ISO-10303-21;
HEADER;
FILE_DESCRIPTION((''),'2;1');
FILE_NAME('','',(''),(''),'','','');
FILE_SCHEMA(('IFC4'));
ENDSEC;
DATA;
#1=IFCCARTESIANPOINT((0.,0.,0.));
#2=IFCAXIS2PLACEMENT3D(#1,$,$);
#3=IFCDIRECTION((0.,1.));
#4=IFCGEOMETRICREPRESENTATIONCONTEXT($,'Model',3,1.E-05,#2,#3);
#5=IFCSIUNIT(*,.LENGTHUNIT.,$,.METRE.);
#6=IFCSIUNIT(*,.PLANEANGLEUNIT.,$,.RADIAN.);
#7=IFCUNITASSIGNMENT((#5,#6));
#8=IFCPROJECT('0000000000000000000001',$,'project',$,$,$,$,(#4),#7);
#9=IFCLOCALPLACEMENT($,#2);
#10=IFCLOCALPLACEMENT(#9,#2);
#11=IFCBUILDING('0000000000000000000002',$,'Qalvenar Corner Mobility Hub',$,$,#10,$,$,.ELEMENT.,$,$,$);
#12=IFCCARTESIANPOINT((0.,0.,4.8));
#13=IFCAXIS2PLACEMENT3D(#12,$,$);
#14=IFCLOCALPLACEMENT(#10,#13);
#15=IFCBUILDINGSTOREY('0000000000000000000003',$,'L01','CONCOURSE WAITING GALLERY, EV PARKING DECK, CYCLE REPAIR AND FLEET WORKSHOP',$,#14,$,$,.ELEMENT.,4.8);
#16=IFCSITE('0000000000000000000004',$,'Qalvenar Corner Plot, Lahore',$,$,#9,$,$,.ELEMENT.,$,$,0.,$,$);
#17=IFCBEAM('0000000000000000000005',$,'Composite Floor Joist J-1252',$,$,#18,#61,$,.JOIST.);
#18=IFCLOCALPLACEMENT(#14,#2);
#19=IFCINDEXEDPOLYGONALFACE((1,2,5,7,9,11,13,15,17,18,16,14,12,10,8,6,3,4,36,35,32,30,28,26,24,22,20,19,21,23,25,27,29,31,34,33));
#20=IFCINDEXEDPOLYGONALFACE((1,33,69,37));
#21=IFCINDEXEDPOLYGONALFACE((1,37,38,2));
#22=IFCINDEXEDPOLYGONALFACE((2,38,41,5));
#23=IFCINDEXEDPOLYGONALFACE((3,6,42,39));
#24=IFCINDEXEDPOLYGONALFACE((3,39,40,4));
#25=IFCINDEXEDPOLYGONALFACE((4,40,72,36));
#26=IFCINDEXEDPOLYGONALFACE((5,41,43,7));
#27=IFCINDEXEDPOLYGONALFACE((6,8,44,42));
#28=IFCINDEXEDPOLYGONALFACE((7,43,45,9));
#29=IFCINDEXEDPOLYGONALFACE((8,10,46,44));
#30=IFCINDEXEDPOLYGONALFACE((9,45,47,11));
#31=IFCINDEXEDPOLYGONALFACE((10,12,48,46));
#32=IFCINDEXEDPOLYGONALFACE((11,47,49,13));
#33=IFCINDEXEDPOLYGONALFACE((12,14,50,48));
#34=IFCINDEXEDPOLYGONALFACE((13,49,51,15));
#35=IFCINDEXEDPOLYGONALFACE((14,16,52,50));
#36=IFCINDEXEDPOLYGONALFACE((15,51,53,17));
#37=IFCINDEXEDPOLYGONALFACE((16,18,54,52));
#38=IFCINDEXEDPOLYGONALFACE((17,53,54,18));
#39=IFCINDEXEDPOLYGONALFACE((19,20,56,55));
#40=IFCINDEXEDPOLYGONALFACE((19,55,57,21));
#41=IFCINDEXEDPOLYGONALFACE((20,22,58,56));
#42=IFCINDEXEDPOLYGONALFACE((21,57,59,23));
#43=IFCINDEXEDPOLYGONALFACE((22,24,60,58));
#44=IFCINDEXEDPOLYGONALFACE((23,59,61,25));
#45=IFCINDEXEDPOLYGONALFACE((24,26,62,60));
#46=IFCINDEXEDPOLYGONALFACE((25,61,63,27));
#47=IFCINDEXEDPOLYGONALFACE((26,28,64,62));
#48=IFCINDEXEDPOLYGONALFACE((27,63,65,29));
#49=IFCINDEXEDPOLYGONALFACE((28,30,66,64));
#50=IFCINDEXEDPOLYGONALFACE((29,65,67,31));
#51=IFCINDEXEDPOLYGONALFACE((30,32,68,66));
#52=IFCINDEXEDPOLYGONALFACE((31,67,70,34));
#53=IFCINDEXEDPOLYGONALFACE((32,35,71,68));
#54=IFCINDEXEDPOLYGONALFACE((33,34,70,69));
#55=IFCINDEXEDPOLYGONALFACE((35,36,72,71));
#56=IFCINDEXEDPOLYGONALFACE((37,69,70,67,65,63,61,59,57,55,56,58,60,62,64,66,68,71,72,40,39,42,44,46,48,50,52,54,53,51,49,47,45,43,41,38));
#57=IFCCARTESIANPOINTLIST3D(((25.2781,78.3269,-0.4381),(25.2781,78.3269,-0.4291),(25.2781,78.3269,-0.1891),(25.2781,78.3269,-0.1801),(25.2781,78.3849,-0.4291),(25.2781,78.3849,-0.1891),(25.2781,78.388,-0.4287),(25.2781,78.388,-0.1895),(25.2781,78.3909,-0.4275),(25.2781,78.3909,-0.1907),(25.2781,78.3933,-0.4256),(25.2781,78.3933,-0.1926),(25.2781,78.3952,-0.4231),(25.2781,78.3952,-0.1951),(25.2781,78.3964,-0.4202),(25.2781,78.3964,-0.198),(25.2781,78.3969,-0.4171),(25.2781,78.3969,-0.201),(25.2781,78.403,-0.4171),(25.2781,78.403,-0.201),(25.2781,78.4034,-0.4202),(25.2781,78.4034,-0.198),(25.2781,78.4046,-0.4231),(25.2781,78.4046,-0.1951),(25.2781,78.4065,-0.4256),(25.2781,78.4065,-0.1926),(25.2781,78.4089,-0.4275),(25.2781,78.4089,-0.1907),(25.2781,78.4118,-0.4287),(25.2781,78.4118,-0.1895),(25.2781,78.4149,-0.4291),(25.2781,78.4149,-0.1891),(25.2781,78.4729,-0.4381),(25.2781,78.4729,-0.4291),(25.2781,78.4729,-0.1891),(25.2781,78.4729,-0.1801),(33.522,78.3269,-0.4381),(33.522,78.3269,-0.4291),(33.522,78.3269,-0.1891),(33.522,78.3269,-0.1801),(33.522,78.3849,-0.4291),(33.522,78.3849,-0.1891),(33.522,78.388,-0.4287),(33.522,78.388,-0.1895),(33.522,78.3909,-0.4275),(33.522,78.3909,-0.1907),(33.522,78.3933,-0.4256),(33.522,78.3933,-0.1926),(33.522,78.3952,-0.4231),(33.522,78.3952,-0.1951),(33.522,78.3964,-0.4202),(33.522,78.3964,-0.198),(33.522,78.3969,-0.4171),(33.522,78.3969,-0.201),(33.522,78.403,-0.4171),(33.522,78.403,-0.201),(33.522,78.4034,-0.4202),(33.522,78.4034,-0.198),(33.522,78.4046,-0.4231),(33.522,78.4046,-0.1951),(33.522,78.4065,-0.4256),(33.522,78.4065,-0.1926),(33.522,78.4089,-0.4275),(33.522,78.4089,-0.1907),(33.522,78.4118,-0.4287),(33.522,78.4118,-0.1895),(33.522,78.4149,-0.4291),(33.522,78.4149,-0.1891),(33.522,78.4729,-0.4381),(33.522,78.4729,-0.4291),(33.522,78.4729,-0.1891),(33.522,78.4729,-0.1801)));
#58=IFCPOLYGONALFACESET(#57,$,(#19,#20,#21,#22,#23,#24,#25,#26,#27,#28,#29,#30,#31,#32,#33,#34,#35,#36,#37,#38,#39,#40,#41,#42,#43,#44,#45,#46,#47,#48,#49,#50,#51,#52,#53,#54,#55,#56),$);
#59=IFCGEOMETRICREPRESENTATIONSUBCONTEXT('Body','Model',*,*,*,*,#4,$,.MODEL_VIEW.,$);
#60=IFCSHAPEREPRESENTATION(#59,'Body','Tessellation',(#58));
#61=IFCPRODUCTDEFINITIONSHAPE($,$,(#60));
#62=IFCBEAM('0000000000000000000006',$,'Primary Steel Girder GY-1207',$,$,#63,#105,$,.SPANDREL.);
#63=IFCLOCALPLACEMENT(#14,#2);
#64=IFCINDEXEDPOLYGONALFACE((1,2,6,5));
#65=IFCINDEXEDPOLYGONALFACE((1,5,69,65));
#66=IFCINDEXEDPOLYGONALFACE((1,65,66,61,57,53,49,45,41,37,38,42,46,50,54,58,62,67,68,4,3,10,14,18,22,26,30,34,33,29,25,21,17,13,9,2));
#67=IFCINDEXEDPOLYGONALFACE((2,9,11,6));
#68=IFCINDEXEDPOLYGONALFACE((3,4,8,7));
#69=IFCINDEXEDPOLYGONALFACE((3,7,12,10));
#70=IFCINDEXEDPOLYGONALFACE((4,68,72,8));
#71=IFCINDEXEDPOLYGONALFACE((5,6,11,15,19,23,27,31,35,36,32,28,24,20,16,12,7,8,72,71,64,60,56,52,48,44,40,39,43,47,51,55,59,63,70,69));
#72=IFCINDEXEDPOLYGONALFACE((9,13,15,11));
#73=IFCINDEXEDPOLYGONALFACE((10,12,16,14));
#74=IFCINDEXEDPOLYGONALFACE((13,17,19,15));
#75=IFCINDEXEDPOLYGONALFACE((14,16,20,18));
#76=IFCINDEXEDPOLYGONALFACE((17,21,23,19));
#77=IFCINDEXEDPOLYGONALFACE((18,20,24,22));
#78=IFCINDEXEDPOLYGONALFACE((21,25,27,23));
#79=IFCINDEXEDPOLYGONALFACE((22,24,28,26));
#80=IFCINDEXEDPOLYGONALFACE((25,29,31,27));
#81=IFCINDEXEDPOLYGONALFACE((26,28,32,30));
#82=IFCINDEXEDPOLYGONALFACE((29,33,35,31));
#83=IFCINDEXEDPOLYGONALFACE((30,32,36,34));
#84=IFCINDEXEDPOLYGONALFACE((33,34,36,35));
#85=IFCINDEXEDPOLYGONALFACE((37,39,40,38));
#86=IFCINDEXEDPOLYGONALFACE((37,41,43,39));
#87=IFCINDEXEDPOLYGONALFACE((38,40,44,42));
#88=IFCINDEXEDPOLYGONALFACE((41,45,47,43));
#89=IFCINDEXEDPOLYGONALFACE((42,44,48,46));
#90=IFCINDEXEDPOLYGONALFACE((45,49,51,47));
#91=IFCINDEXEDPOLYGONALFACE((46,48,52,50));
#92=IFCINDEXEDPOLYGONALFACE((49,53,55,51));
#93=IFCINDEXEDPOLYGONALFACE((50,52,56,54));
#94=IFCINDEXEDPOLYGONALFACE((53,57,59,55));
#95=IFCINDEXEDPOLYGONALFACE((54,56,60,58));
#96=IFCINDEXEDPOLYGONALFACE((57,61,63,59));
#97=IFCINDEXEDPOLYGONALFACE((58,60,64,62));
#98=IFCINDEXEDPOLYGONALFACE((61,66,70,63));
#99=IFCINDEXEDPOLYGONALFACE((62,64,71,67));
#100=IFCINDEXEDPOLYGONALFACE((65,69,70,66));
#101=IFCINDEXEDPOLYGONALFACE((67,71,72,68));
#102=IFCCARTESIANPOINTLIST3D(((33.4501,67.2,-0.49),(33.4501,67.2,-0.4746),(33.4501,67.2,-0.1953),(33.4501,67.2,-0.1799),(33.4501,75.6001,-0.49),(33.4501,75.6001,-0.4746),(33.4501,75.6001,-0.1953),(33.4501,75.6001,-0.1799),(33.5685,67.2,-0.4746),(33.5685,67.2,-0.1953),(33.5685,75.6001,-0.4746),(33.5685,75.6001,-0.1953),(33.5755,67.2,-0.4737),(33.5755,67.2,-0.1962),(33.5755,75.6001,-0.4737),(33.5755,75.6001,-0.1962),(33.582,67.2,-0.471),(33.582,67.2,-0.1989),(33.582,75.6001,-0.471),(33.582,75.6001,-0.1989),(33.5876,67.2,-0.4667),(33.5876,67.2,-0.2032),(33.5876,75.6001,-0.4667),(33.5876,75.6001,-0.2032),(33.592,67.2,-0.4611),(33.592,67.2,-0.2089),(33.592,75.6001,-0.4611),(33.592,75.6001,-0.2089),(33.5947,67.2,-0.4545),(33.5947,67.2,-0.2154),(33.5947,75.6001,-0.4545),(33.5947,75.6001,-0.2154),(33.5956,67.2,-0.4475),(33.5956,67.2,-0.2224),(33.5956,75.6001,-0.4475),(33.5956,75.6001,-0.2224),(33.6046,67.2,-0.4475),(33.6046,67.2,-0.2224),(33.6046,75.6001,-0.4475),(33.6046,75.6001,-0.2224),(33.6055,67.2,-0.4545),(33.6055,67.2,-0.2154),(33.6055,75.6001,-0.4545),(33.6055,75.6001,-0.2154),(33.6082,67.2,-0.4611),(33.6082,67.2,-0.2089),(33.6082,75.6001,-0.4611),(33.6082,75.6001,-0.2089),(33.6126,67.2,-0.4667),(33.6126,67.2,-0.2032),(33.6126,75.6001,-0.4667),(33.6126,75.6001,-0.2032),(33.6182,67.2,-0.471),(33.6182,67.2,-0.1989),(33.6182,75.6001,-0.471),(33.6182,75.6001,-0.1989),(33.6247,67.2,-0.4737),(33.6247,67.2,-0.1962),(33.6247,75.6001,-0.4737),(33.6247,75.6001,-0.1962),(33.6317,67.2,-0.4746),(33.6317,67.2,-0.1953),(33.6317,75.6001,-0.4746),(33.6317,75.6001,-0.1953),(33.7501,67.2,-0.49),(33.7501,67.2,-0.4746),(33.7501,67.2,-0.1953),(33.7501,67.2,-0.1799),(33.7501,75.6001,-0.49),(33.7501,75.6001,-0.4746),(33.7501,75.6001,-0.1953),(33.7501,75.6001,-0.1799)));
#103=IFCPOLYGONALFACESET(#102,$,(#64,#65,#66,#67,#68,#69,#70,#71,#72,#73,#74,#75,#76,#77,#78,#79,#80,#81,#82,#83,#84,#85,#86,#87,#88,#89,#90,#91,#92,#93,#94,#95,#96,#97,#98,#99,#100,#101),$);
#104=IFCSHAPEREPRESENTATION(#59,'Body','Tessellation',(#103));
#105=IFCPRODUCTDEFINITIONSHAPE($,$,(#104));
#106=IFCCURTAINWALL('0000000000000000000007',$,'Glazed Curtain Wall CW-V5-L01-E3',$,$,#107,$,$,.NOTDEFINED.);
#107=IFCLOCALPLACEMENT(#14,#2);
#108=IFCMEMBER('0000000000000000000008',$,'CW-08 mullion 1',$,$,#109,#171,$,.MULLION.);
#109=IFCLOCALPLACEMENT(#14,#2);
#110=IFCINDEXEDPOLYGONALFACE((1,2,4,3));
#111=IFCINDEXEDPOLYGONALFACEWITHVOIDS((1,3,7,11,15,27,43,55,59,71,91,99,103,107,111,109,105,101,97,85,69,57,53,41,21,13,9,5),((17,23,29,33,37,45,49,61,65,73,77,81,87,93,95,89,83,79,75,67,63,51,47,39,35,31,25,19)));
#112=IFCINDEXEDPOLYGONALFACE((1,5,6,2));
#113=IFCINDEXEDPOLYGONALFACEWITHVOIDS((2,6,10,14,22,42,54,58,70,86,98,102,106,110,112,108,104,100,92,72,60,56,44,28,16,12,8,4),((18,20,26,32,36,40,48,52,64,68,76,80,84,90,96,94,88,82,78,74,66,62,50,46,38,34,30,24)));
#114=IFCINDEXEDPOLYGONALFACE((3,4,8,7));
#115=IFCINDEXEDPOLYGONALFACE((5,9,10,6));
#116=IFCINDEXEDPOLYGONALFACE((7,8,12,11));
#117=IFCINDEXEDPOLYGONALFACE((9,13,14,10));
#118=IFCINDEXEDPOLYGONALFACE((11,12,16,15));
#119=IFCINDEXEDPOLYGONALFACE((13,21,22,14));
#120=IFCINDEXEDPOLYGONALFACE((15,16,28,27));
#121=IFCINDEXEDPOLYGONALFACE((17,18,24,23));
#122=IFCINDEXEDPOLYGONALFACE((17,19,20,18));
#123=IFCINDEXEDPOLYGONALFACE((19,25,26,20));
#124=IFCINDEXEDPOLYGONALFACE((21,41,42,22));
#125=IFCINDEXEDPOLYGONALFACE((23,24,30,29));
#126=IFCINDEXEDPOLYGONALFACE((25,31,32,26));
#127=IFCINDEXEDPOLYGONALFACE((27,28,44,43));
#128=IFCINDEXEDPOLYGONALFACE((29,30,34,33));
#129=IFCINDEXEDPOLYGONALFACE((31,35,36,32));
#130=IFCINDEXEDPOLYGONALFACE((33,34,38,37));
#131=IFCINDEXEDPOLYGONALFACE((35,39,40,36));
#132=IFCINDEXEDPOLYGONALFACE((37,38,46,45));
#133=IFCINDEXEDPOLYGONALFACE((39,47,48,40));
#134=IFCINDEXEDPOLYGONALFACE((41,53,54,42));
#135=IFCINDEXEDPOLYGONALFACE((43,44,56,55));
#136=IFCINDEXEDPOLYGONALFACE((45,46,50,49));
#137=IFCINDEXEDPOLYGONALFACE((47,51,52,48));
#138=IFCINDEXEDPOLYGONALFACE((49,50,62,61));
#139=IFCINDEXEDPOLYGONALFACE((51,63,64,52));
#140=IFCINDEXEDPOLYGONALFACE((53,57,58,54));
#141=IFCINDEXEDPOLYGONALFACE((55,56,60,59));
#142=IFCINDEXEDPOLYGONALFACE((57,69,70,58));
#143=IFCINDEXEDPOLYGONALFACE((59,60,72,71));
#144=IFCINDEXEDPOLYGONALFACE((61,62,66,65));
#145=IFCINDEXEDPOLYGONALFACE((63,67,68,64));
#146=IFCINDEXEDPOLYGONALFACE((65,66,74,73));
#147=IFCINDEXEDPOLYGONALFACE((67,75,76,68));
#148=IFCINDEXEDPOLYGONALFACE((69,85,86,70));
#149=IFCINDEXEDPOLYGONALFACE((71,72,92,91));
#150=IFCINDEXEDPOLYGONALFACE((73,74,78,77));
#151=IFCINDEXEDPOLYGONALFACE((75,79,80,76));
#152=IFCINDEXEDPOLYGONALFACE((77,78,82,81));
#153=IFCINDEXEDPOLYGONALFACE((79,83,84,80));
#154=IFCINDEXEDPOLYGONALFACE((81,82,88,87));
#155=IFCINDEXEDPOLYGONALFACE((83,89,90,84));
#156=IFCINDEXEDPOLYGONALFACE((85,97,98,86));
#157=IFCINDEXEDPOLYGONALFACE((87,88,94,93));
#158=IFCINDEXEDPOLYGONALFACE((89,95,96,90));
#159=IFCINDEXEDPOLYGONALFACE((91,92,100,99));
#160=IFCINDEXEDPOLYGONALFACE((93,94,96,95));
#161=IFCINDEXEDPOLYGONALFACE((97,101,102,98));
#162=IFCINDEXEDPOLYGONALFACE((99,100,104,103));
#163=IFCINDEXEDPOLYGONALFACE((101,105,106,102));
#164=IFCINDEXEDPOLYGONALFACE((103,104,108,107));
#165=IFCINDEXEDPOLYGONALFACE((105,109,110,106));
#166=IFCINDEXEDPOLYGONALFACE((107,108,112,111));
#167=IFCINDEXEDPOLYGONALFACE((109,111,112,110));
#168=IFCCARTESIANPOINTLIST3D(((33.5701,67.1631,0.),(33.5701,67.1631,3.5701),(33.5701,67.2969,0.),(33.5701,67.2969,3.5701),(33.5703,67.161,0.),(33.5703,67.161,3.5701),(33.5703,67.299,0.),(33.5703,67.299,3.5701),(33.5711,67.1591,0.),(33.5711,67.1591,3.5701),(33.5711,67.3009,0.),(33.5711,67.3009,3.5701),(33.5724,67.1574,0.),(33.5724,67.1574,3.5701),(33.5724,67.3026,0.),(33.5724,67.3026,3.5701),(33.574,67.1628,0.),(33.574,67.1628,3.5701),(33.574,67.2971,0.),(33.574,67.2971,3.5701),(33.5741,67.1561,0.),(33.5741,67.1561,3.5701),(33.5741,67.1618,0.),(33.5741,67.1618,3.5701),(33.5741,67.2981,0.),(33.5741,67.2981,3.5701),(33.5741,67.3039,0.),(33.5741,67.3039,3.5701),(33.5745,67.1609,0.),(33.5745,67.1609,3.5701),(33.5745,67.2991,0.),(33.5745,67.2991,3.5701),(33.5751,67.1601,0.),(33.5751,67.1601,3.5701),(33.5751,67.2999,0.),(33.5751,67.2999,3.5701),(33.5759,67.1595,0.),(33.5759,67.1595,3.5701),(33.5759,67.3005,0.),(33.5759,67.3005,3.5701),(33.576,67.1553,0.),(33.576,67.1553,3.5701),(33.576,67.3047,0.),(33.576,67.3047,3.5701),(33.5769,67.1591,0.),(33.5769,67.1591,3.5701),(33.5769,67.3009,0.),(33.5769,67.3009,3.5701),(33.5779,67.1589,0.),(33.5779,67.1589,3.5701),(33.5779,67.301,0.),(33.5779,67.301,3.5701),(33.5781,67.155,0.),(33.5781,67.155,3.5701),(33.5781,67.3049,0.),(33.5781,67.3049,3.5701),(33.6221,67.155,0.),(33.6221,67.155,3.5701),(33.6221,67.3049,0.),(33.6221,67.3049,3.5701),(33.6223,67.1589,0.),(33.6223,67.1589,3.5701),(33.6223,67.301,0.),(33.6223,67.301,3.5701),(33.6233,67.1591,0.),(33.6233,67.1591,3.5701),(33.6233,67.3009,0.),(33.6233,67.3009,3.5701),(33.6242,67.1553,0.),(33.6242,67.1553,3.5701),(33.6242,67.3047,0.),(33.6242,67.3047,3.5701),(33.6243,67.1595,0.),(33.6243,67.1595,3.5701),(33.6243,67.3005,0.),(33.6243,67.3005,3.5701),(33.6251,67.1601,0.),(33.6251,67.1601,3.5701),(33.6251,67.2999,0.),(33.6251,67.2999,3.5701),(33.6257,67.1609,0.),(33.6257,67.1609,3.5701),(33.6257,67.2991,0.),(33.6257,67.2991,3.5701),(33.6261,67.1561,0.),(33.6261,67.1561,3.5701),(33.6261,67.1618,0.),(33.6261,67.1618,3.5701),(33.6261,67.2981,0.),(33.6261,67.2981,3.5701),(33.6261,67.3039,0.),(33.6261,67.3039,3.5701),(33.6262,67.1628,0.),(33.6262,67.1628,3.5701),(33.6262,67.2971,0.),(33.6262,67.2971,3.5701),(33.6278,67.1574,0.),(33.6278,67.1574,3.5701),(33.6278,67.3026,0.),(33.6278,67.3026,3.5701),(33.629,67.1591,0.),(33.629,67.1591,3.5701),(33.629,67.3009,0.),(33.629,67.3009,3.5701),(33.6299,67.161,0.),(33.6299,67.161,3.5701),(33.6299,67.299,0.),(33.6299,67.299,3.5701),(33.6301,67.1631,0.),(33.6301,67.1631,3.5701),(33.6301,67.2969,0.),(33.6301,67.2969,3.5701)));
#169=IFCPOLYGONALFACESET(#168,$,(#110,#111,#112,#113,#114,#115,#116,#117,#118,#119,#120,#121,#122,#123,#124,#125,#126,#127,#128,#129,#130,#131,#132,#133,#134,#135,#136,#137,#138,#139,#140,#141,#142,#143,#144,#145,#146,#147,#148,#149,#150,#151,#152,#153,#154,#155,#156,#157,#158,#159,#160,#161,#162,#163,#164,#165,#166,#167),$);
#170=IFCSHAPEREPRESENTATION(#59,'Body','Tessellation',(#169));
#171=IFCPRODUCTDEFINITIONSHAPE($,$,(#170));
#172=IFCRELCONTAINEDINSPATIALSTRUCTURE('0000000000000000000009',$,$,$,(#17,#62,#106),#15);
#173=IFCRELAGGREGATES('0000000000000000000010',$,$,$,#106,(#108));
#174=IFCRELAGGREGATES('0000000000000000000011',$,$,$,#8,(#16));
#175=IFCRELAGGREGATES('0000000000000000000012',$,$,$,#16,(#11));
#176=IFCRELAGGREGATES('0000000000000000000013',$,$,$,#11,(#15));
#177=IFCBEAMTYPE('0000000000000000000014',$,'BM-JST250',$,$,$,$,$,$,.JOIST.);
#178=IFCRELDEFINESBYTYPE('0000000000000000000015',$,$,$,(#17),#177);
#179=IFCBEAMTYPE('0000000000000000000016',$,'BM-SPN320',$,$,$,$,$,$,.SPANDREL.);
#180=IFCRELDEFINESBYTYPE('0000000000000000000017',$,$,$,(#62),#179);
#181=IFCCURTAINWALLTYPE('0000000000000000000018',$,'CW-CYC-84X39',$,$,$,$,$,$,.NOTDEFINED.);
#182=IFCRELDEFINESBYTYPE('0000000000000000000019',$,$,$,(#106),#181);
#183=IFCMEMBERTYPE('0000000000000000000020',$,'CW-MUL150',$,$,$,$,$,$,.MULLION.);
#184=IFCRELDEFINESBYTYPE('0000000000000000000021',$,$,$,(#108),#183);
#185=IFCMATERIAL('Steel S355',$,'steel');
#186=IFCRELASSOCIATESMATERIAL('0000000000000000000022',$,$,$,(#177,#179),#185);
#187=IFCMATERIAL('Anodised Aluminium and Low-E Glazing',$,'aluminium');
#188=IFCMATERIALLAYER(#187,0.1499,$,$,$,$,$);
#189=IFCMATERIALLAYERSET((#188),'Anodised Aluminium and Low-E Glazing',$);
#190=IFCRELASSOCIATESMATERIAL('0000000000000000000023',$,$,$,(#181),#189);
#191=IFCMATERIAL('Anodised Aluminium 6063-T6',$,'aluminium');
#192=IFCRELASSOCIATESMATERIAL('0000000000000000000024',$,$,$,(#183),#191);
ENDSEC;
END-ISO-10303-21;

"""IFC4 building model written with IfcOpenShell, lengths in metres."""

from ifc_helpers import new_model, si_unit, direction, frame, origin, origin_2d, place, context, subcontext, project, spatial, hollow_rectangle, i_section, extrude, material, layer, layer_set, material_profile, profile_set, type_object, element, aggregate, save


model = new_model("IFC4")

# Units and contexts
model_context = context("Model", 3, precision=1e-05, world=origin(), true_north=direction((0.0, 1.0)))
body_context = subcontext(model_context, "Body", "Model", "MODEL_VIEW")
ifc_project = project(units=[si_unit("LENGTHUNIT", "METRE"), si_unit("PLANEANGLEUNIT", "RADIAN")], contexts=[model_context])

# Site, building, storey
site_placement = place(None, origin())
site = spatial("IfcSite", under=ifc_project, at=site_placement, Name="Qalvenar Corner Plot, Lahore", CompositionType="ELEMENT", RefElevation=0.0)
building_placement = place(site_placement, origin())
building = spatial("IfcBuilding", under=site, at=building_placement, Name="Qalvenar Corner Mobility Hub", CompositionType="ELEMENT")
storey_placement = place(building_placement, frame((0.0, 0.0, 4.8)))
storey = spatial("IfcBuildingStorey", under=building, at=storey_placement, Name="L01", Description="CONCOURSE WAITING GALLERY, EV PARKING DECK, CYCLE REPAIR AND FLEET WORKSHOP", CompositionType="ELEMENT", Elevation=4.8)

# Shared definitions
ifc_material_1 = material(Name="Steel S355", Category="steel")

# Beams
ifc_material_profile_1 = material_profile(ifc_material_1, i_section(OverallWidth=0.146, OverallDepth=0.2581, WebThickness=0.0061, FlangeThickness=0.009, FilletRadius=0.012, at=origin_2d()), Name="W250x32.7")
ifc_profile_set_1 = profile_set([ifc_material_profile_1], Name="Steel S355")
beam_type_1 = type_object("IfcBeamType", Name="BM-JST250", PredefinedType="JOIST", material=ifc_profile_set_1)
for number, where, z_axis, x_axis, name in (
    (1, (25.2781, 78.3999, -0.3091), (1.0, 0.0, 0.0), (0.0, 1.0, 0.0), "Composite Floor Joist J-1252"),
):
    element("IfcBeam", number, at=place(storey_placement, frame(where, z_axis=z_axis, x_axis=x_axis)), inside=storey, type_object=beam_type_1, Name=name, PredefinedType="JOIST", context=body_context, shape_type="SweptSolid", body=[
        extrude(i_section(OverallWidth=0.146, OverallDepth=0.2581, WebThickness=0.0061, FlangeThickness=0.009, FilletRadius=0.012, at=origin_2d()), origin(), (0.0, 0.0, 1.0), 8.2439),
    ])
ifc_material_profile_2 = material_profile(ifc_material_1, i_section(OverallWidth=0.3, OverallDepth=0.3101, WebThickness=0.009, FlangeThickness=0.0154, FilletRadius=0.0271, at=origin_2d()), Name="HEA320")
ifc_profile_set_2 = profile_set([ifc_material_profile_2], Name="Steel S355")
beam_type_2 = type_object("IfcBeamType", Name="BM-SPN320", PredefinedType="SPANDREL", material=ifc_profile_set_2)
beam_1_placement = place(storey_placement, frame((33.6001, 67.2, -0.335), z_axis=(0.0, 1.0, 0.0), x_axis=(-1.0, 0.0, 0.0)))
element("IfcBeam", 2, at=beam_1_placement, inside=storey, type_object=beam_type_2, Name="Primary Steel Girder GY-1207", PredefinedType="SPANDREL", context=body_context, shape_type="SweptSolid", body=[
    extrude(i_section(OverallWidth=0.3, OverallDepth=0.3101, WebThickness=0.009, FlangeThickness=0.0154, FilletRadius=0.0271, at=origin_2d()), origin(), (0.0, 0.0, 1.0), 8.4001),
])

# Curtain wall, member
ifc_material_2 = material(Name="Anodised Aluminium and Low-E Glazing", Category="aluminium")
ifc_layer_1 = layer(ifc_material_2, 0.1499)
ifc_layer_set_1 = layer_set([ifc_layer_1], Name="Anodised Aluminium and Low-E Glazing")
curtain_wall_type = type_object("IfcCurtainWallType", Name="CW-CYC-84X39", PredefinedType="NOTDEFINED", material=ifc_layer_set_1)
curtain_wall_placement = place(storey_placement, origin())
curtain_wall = element("IfcCurtainWall", 3, at=curtain_wall_placement, inside=storey, type_object=curtain_wall_type, Name="Glazed Curtain Wall CW-V5-L01-E3", PredefinedType="NOTDEFINED")
ifc_material_3 = material(Name="Anodised Aluminium 6063-T6", Category="aluminium")
ifc_material_profile_3 = material_profile(ifc_material_3, hollow_rectangle(XDim=0.0601, YDim=0.1499, WallThickness=0.0039, InnerFilletRadius=0.0039, OuterFilletRadius=0.0081, at=origin_2d()), Name="RHS150x60x4")
ifc_profile_set_3 = profile_set([ifc_material_profile_3], Name="Anodised Aluminium 6063-T6")
member_type_1 = type_object("IfcMemberType", Name="CW-MUL150", PredefinedType="MULLION", material=ifc_profile_set_3)
member_1_placement = place(storey_placement, frame((33.6001, 67.23, 0.0), z_axis=(0.0, 0.0, 1.0), x_axis=(-1.0, 0.0, 0.0)))
member_1 = element("IfcMember", 4, at=member_1_placement, type_object=member_type_1, Name="CW-08 mullion 1", PredefinedType="MULLION", context=body_context, shape_type="SweptSolid", body=[
    extrude(hollow_rectangle(XDim=0.0601, YDim=0.1499, WallThickness=0.0039, InnerFilletRadius=0.0039, OuterFilletRadius=0.0081, at=origin_2d()), origin(), (0.0, 0.0, 1.0), 3.5701),
])
aggregate(curtain_wall, [member_1])

save(model, "model.ifc")
